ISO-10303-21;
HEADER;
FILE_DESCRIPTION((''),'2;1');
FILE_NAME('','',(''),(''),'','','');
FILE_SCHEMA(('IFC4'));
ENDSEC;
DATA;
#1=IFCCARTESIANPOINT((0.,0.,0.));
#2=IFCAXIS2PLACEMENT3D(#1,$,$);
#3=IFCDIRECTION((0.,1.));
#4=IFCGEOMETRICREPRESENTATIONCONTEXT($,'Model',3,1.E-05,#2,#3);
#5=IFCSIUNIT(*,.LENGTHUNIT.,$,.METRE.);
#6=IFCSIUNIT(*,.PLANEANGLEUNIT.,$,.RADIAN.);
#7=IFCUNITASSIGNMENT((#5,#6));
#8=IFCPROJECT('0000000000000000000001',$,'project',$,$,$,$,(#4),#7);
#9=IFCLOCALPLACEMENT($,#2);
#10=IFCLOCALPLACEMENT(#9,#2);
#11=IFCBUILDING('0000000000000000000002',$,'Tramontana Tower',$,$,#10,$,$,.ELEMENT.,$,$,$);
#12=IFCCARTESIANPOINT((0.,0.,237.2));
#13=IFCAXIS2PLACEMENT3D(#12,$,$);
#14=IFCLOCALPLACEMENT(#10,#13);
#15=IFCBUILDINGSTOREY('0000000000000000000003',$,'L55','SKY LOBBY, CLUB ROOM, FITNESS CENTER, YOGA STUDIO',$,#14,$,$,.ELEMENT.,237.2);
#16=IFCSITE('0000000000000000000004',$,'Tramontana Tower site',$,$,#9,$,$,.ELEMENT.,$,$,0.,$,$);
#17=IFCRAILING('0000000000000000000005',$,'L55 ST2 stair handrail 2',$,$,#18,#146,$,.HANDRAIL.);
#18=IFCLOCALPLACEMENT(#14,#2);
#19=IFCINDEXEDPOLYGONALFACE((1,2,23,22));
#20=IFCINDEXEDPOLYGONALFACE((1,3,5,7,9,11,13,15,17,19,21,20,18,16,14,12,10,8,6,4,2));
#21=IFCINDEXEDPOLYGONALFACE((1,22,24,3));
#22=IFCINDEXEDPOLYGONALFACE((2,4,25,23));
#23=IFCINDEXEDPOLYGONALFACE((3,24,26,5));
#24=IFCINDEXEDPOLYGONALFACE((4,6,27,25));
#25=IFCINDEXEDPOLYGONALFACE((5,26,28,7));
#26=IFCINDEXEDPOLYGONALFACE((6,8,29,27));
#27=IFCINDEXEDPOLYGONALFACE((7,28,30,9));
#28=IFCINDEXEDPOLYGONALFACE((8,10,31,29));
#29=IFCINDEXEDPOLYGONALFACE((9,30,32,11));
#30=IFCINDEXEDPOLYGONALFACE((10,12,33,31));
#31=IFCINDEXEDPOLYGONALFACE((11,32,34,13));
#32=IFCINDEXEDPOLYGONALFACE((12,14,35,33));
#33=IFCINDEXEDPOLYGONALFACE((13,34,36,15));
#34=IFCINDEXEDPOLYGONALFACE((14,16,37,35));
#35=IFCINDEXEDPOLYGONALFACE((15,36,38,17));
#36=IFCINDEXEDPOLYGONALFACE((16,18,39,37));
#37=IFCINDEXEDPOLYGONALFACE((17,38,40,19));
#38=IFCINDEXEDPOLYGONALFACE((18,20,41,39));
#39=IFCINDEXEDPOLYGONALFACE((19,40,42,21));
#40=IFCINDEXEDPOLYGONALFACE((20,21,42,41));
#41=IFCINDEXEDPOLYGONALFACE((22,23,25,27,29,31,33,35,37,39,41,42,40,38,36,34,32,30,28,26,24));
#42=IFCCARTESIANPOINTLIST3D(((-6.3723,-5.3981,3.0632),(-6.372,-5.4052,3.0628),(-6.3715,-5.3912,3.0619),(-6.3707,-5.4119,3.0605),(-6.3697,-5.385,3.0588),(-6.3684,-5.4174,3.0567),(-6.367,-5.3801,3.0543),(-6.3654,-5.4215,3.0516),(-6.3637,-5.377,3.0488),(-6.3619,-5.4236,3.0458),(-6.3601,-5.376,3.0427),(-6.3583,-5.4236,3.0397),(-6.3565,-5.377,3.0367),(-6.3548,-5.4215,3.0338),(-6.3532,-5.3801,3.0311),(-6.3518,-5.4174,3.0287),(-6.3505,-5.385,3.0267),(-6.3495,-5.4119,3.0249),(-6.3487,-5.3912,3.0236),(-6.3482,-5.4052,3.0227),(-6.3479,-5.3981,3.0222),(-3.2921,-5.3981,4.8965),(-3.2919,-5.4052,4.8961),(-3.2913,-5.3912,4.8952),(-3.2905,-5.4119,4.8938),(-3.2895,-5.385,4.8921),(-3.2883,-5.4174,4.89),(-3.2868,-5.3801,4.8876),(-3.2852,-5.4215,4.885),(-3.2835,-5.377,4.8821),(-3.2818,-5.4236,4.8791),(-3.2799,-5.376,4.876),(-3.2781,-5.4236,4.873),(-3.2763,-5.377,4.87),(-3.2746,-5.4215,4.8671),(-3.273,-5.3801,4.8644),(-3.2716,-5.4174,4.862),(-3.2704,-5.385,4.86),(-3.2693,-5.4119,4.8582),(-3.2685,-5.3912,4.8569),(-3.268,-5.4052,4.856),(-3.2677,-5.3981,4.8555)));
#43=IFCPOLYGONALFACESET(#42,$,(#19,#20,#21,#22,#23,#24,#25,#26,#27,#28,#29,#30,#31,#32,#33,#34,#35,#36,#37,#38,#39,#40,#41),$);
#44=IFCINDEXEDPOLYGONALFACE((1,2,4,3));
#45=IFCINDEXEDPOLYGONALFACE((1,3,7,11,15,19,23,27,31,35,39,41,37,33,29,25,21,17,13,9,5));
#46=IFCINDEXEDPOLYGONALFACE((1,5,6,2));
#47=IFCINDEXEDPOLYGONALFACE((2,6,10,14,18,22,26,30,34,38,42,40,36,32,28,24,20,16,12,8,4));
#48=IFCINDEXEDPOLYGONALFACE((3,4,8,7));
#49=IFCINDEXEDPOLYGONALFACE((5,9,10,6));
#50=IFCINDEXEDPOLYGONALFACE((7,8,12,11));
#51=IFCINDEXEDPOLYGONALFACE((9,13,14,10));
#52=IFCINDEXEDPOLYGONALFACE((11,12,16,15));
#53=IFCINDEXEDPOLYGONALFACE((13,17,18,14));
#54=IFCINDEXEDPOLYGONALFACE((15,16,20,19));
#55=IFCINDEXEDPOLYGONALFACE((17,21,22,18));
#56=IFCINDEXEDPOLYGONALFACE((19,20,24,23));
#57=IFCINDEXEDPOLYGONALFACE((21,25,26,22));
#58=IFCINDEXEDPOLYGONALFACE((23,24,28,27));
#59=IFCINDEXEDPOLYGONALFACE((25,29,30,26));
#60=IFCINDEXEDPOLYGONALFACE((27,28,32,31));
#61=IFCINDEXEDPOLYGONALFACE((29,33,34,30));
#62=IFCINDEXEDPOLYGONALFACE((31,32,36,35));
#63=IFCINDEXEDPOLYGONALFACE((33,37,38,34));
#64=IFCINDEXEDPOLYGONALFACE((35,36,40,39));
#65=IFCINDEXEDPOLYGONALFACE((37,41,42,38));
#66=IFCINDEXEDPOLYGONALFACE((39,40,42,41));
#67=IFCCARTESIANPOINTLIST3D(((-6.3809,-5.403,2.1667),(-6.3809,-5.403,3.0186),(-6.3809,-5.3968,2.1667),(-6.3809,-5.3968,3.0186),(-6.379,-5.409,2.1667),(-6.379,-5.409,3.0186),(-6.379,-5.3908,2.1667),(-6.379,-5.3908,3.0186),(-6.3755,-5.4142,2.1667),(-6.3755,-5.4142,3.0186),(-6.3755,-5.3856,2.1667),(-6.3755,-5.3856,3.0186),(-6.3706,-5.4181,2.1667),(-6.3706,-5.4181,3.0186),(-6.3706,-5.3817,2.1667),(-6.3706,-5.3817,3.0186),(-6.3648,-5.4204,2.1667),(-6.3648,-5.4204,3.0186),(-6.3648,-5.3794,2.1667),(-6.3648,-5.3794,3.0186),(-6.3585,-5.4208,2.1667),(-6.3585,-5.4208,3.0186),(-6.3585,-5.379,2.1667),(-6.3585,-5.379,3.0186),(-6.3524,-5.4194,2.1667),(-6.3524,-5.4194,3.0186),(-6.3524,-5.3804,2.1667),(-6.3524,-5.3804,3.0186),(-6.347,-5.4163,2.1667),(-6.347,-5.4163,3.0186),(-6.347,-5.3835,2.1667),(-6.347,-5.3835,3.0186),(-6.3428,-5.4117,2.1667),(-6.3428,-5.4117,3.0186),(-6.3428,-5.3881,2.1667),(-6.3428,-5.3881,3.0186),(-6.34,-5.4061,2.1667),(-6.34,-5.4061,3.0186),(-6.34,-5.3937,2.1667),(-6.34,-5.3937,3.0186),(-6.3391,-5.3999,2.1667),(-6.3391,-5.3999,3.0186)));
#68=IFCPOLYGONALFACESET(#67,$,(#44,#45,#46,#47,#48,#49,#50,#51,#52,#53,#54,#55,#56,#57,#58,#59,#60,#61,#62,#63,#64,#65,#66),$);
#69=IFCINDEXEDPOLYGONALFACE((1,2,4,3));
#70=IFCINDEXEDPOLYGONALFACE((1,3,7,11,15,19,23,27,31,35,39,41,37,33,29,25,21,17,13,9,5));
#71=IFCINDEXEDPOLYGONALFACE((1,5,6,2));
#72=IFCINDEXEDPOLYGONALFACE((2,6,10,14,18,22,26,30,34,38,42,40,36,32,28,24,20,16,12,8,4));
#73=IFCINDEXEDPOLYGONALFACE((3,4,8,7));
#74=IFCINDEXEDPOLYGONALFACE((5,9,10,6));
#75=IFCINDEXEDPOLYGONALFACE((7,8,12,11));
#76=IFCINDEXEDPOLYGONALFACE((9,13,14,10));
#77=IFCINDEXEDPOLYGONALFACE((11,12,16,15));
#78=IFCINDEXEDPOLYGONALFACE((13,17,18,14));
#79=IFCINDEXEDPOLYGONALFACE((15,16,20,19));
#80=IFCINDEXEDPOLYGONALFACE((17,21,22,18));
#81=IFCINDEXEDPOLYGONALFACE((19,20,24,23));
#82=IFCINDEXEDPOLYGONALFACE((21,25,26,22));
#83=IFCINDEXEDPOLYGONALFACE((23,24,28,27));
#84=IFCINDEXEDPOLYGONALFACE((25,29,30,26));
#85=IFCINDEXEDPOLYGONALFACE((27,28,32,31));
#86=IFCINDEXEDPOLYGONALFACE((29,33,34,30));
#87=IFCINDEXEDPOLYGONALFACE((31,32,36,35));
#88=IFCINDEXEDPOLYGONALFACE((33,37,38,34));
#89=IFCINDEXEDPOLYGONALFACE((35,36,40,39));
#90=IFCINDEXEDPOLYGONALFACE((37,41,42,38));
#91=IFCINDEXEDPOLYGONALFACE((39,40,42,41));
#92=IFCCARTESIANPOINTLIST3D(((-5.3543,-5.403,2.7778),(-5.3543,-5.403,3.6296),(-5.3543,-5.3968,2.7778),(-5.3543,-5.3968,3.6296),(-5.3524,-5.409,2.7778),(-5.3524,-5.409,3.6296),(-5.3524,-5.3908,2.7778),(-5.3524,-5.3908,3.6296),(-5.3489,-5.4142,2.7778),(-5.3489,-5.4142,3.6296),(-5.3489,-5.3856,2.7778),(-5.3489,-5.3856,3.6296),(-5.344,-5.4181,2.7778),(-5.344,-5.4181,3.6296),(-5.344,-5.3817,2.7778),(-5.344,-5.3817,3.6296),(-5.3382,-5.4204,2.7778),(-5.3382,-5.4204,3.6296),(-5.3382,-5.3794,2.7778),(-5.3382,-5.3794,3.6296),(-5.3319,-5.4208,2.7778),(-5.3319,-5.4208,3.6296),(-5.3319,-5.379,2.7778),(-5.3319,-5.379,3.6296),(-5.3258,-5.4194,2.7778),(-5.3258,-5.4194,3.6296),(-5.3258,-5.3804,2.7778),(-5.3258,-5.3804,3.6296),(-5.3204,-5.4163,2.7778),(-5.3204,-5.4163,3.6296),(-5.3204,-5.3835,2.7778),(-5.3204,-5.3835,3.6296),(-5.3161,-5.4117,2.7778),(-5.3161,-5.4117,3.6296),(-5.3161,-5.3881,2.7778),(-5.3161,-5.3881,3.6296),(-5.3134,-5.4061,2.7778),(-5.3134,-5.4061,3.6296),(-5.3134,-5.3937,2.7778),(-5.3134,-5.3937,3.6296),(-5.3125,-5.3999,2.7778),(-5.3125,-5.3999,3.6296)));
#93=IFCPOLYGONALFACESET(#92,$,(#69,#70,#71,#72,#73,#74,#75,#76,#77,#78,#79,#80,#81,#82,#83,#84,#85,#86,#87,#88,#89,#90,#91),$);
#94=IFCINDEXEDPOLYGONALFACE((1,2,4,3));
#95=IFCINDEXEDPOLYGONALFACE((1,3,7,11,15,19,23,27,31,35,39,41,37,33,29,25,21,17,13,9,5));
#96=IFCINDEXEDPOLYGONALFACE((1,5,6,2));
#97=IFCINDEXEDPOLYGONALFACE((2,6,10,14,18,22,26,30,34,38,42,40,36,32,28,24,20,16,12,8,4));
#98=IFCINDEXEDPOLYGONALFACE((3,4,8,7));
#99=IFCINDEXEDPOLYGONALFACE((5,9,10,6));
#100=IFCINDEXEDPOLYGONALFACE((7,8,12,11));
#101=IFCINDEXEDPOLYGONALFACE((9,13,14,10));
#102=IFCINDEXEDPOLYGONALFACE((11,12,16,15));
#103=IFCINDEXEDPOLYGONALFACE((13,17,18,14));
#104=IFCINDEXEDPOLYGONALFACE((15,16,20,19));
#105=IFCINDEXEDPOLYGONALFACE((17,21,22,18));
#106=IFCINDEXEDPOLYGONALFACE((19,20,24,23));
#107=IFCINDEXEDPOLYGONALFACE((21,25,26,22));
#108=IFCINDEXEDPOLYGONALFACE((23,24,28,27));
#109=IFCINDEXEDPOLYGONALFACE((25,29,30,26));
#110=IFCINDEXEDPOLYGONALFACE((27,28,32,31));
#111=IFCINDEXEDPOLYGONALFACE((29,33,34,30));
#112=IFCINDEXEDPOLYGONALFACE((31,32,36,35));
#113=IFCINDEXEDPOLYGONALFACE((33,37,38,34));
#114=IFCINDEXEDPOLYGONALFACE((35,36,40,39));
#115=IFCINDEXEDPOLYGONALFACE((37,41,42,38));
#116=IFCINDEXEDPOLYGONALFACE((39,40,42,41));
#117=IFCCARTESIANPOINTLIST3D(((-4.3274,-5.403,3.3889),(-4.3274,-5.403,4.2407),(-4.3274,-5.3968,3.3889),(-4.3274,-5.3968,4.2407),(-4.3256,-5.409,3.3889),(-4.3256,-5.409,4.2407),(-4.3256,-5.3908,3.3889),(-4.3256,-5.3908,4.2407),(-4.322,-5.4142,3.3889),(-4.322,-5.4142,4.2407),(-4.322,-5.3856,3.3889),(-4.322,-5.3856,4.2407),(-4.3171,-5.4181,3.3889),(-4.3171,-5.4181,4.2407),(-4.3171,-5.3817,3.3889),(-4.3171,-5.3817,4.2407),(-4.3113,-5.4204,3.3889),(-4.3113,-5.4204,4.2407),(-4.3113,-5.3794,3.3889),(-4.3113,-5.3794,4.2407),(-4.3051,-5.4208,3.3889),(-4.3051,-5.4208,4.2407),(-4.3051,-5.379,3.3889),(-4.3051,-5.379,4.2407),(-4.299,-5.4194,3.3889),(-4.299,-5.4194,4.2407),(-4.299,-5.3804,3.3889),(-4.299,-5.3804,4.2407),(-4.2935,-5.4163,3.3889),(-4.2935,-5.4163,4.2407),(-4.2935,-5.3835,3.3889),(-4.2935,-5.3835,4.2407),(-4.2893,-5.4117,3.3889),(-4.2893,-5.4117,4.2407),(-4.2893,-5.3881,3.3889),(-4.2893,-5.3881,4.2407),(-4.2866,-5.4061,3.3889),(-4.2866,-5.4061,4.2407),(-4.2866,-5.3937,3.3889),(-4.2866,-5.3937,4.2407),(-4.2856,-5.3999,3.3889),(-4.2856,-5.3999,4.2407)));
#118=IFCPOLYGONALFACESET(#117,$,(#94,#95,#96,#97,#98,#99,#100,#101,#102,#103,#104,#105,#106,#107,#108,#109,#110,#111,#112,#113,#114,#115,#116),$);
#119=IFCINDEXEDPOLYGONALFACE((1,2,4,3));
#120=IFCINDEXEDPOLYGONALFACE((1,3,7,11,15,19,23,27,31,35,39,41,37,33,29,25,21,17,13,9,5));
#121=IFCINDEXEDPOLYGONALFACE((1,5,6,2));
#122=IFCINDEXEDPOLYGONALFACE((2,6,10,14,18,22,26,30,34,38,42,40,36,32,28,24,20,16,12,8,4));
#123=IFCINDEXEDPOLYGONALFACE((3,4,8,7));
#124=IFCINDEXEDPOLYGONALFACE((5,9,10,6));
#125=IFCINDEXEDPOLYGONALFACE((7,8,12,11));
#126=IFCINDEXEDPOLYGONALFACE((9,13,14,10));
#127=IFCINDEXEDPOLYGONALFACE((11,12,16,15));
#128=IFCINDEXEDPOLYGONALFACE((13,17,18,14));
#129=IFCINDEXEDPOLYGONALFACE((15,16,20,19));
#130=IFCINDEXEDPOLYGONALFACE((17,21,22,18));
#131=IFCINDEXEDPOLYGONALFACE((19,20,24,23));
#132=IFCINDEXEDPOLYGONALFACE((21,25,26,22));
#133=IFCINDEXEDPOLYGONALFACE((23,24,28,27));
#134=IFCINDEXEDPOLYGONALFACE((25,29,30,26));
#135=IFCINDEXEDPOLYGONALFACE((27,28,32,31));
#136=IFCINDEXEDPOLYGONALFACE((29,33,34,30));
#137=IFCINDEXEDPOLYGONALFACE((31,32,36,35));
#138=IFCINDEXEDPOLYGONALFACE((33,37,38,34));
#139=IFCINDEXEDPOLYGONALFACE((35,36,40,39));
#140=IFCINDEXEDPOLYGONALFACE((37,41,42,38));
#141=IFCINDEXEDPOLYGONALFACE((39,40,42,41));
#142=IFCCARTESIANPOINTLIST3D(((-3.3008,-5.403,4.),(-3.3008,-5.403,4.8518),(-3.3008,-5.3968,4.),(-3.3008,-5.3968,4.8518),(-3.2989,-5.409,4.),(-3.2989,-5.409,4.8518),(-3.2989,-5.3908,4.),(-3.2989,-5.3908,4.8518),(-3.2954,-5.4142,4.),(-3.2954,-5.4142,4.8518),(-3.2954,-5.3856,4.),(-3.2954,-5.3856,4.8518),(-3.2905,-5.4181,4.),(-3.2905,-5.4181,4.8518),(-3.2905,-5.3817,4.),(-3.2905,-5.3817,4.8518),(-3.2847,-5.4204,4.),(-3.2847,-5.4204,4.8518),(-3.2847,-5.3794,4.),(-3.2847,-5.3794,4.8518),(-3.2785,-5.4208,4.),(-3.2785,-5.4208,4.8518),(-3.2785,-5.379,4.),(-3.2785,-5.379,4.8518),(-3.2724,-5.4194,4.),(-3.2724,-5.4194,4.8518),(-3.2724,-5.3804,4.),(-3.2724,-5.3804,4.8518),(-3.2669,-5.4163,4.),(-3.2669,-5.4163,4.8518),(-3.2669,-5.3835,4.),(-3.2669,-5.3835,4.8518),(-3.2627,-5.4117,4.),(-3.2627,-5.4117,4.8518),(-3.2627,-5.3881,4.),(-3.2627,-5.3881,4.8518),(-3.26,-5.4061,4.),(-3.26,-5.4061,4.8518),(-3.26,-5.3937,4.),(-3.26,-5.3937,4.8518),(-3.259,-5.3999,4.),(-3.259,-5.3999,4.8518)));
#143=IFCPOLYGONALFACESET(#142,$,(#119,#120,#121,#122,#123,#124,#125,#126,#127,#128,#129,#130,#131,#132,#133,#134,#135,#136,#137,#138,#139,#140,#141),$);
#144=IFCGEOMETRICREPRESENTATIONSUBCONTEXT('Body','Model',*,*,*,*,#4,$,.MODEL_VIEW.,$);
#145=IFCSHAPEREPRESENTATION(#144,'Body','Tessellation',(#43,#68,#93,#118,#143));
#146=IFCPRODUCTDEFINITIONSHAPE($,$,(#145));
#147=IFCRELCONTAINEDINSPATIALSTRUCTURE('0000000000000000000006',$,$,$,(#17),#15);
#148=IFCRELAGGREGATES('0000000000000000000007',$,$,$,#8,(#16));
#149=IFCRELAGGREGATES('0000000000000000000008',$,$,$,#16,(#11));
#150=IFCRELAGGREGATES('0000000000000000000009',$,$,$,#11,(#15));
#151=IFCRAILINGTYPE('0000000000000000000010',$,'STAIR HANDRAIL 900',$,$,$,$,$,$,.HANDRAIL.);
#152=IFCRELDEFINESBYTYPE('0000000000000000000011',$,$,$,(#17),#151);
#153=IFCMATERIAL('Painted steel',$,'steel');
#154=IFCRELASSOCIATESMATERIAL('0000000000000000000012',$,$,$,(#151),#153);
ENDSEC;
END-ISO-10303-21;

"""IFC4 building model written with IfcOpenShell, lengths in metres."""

from ifc_helpers import new_model, si_unit, direction, frame, origin, origin_2d, place, context, subcontext, project, spatial, circle, extrude, material, type_object, element, save


model = new_model("IFC4")

# Units and contexts
model_context = context("Model", 3, precision=1e-05, world=origin(), true_north=direction((0.0, 1.0)))
body_context = subcontext(model_context, "Body", "Model", "MODEL_VIEW")
ifc_project = project(units=[si_unit("LENGTHUNIT", "METRE"), si_unit("PLANEANGLEUNIT", "RADIAN")], contexts=[model_context])

# Site, building, storey
site_placement = place(None, origin())
site = spatial("IfcSite", under=ifc_project, at=site_placement, Name="Tramontana Tower site", CompositionType="ELEMENT", RefElevation=0.0)
building_placement = place(site_placement, origin())
building = spatial("IfcBuilding", under=site, at=building_placement, Name="Tramontana Tower", CompositionType="ELEMENT")
storey_placement = place(building_placement, frame((0.0, 0.0, 237.2)))
storey = spatial("IfcBuildingStorey", under=building, at=storey_placement, Name="L55", Description="SKY LOBBY, CLUB ROOM, FITNESS CENTER, YOGA STUDIO", CompositionType="ELEMENT", Elevation=237.2)

# Railing
ifc_material_1 = material(Name="Painted steel", Category="steel")
railing_type_1 = type_object("IfcRailingType", Name="STAIR HANDRAIL 900", PredefinedType="HANDRAIL", material=ifc_material_1)
railing_1_placement = place(storey_placement, frame((-6.3601, -5.3999, 2.1667)))
element("IfcRailing", 1, at=railing_1_placement, inside=storey, type_object=railing_type_1, Name="L55 ST2 stair handrail 2", PredefinedType="HANDRAIL", context=body_context, shape_type="SweptSolid", body=[
    extrude(circle(Radius=0.0239, at=origin_2d()), frame((0.0, 0.0, 0.876), z_axis=(0.859309, 0.0, 0.511458), x_axis=(0.0, 1.0, 0.0)), (0.0, 0.0, 1.0), 3.5845),
    extrude(circle(Radius=0.021, at=origin_2d()), origin(), (0.0, 0.0, 1.0), 0.8518),
    extrude(circle(Radius=0.021, at=origin_2d()), frame((1.0266, 0.0, 0.6111)), (0.0, 0.0, 1.0), 0.8518),
    extrude(circle(Radius=0.021, at=origin_2d()), frame((2.0535, 0.0, 1.2222)), (0.0, 0.0, 1.0), 0.8518),
    extrude(circle(Radius=0.021, at=origin_2d()), frame((3.0801, 0.0, 1.8333)), (0.0, 0.0, 1.0), 0.8518),
])

save(model, "model.ifc")
